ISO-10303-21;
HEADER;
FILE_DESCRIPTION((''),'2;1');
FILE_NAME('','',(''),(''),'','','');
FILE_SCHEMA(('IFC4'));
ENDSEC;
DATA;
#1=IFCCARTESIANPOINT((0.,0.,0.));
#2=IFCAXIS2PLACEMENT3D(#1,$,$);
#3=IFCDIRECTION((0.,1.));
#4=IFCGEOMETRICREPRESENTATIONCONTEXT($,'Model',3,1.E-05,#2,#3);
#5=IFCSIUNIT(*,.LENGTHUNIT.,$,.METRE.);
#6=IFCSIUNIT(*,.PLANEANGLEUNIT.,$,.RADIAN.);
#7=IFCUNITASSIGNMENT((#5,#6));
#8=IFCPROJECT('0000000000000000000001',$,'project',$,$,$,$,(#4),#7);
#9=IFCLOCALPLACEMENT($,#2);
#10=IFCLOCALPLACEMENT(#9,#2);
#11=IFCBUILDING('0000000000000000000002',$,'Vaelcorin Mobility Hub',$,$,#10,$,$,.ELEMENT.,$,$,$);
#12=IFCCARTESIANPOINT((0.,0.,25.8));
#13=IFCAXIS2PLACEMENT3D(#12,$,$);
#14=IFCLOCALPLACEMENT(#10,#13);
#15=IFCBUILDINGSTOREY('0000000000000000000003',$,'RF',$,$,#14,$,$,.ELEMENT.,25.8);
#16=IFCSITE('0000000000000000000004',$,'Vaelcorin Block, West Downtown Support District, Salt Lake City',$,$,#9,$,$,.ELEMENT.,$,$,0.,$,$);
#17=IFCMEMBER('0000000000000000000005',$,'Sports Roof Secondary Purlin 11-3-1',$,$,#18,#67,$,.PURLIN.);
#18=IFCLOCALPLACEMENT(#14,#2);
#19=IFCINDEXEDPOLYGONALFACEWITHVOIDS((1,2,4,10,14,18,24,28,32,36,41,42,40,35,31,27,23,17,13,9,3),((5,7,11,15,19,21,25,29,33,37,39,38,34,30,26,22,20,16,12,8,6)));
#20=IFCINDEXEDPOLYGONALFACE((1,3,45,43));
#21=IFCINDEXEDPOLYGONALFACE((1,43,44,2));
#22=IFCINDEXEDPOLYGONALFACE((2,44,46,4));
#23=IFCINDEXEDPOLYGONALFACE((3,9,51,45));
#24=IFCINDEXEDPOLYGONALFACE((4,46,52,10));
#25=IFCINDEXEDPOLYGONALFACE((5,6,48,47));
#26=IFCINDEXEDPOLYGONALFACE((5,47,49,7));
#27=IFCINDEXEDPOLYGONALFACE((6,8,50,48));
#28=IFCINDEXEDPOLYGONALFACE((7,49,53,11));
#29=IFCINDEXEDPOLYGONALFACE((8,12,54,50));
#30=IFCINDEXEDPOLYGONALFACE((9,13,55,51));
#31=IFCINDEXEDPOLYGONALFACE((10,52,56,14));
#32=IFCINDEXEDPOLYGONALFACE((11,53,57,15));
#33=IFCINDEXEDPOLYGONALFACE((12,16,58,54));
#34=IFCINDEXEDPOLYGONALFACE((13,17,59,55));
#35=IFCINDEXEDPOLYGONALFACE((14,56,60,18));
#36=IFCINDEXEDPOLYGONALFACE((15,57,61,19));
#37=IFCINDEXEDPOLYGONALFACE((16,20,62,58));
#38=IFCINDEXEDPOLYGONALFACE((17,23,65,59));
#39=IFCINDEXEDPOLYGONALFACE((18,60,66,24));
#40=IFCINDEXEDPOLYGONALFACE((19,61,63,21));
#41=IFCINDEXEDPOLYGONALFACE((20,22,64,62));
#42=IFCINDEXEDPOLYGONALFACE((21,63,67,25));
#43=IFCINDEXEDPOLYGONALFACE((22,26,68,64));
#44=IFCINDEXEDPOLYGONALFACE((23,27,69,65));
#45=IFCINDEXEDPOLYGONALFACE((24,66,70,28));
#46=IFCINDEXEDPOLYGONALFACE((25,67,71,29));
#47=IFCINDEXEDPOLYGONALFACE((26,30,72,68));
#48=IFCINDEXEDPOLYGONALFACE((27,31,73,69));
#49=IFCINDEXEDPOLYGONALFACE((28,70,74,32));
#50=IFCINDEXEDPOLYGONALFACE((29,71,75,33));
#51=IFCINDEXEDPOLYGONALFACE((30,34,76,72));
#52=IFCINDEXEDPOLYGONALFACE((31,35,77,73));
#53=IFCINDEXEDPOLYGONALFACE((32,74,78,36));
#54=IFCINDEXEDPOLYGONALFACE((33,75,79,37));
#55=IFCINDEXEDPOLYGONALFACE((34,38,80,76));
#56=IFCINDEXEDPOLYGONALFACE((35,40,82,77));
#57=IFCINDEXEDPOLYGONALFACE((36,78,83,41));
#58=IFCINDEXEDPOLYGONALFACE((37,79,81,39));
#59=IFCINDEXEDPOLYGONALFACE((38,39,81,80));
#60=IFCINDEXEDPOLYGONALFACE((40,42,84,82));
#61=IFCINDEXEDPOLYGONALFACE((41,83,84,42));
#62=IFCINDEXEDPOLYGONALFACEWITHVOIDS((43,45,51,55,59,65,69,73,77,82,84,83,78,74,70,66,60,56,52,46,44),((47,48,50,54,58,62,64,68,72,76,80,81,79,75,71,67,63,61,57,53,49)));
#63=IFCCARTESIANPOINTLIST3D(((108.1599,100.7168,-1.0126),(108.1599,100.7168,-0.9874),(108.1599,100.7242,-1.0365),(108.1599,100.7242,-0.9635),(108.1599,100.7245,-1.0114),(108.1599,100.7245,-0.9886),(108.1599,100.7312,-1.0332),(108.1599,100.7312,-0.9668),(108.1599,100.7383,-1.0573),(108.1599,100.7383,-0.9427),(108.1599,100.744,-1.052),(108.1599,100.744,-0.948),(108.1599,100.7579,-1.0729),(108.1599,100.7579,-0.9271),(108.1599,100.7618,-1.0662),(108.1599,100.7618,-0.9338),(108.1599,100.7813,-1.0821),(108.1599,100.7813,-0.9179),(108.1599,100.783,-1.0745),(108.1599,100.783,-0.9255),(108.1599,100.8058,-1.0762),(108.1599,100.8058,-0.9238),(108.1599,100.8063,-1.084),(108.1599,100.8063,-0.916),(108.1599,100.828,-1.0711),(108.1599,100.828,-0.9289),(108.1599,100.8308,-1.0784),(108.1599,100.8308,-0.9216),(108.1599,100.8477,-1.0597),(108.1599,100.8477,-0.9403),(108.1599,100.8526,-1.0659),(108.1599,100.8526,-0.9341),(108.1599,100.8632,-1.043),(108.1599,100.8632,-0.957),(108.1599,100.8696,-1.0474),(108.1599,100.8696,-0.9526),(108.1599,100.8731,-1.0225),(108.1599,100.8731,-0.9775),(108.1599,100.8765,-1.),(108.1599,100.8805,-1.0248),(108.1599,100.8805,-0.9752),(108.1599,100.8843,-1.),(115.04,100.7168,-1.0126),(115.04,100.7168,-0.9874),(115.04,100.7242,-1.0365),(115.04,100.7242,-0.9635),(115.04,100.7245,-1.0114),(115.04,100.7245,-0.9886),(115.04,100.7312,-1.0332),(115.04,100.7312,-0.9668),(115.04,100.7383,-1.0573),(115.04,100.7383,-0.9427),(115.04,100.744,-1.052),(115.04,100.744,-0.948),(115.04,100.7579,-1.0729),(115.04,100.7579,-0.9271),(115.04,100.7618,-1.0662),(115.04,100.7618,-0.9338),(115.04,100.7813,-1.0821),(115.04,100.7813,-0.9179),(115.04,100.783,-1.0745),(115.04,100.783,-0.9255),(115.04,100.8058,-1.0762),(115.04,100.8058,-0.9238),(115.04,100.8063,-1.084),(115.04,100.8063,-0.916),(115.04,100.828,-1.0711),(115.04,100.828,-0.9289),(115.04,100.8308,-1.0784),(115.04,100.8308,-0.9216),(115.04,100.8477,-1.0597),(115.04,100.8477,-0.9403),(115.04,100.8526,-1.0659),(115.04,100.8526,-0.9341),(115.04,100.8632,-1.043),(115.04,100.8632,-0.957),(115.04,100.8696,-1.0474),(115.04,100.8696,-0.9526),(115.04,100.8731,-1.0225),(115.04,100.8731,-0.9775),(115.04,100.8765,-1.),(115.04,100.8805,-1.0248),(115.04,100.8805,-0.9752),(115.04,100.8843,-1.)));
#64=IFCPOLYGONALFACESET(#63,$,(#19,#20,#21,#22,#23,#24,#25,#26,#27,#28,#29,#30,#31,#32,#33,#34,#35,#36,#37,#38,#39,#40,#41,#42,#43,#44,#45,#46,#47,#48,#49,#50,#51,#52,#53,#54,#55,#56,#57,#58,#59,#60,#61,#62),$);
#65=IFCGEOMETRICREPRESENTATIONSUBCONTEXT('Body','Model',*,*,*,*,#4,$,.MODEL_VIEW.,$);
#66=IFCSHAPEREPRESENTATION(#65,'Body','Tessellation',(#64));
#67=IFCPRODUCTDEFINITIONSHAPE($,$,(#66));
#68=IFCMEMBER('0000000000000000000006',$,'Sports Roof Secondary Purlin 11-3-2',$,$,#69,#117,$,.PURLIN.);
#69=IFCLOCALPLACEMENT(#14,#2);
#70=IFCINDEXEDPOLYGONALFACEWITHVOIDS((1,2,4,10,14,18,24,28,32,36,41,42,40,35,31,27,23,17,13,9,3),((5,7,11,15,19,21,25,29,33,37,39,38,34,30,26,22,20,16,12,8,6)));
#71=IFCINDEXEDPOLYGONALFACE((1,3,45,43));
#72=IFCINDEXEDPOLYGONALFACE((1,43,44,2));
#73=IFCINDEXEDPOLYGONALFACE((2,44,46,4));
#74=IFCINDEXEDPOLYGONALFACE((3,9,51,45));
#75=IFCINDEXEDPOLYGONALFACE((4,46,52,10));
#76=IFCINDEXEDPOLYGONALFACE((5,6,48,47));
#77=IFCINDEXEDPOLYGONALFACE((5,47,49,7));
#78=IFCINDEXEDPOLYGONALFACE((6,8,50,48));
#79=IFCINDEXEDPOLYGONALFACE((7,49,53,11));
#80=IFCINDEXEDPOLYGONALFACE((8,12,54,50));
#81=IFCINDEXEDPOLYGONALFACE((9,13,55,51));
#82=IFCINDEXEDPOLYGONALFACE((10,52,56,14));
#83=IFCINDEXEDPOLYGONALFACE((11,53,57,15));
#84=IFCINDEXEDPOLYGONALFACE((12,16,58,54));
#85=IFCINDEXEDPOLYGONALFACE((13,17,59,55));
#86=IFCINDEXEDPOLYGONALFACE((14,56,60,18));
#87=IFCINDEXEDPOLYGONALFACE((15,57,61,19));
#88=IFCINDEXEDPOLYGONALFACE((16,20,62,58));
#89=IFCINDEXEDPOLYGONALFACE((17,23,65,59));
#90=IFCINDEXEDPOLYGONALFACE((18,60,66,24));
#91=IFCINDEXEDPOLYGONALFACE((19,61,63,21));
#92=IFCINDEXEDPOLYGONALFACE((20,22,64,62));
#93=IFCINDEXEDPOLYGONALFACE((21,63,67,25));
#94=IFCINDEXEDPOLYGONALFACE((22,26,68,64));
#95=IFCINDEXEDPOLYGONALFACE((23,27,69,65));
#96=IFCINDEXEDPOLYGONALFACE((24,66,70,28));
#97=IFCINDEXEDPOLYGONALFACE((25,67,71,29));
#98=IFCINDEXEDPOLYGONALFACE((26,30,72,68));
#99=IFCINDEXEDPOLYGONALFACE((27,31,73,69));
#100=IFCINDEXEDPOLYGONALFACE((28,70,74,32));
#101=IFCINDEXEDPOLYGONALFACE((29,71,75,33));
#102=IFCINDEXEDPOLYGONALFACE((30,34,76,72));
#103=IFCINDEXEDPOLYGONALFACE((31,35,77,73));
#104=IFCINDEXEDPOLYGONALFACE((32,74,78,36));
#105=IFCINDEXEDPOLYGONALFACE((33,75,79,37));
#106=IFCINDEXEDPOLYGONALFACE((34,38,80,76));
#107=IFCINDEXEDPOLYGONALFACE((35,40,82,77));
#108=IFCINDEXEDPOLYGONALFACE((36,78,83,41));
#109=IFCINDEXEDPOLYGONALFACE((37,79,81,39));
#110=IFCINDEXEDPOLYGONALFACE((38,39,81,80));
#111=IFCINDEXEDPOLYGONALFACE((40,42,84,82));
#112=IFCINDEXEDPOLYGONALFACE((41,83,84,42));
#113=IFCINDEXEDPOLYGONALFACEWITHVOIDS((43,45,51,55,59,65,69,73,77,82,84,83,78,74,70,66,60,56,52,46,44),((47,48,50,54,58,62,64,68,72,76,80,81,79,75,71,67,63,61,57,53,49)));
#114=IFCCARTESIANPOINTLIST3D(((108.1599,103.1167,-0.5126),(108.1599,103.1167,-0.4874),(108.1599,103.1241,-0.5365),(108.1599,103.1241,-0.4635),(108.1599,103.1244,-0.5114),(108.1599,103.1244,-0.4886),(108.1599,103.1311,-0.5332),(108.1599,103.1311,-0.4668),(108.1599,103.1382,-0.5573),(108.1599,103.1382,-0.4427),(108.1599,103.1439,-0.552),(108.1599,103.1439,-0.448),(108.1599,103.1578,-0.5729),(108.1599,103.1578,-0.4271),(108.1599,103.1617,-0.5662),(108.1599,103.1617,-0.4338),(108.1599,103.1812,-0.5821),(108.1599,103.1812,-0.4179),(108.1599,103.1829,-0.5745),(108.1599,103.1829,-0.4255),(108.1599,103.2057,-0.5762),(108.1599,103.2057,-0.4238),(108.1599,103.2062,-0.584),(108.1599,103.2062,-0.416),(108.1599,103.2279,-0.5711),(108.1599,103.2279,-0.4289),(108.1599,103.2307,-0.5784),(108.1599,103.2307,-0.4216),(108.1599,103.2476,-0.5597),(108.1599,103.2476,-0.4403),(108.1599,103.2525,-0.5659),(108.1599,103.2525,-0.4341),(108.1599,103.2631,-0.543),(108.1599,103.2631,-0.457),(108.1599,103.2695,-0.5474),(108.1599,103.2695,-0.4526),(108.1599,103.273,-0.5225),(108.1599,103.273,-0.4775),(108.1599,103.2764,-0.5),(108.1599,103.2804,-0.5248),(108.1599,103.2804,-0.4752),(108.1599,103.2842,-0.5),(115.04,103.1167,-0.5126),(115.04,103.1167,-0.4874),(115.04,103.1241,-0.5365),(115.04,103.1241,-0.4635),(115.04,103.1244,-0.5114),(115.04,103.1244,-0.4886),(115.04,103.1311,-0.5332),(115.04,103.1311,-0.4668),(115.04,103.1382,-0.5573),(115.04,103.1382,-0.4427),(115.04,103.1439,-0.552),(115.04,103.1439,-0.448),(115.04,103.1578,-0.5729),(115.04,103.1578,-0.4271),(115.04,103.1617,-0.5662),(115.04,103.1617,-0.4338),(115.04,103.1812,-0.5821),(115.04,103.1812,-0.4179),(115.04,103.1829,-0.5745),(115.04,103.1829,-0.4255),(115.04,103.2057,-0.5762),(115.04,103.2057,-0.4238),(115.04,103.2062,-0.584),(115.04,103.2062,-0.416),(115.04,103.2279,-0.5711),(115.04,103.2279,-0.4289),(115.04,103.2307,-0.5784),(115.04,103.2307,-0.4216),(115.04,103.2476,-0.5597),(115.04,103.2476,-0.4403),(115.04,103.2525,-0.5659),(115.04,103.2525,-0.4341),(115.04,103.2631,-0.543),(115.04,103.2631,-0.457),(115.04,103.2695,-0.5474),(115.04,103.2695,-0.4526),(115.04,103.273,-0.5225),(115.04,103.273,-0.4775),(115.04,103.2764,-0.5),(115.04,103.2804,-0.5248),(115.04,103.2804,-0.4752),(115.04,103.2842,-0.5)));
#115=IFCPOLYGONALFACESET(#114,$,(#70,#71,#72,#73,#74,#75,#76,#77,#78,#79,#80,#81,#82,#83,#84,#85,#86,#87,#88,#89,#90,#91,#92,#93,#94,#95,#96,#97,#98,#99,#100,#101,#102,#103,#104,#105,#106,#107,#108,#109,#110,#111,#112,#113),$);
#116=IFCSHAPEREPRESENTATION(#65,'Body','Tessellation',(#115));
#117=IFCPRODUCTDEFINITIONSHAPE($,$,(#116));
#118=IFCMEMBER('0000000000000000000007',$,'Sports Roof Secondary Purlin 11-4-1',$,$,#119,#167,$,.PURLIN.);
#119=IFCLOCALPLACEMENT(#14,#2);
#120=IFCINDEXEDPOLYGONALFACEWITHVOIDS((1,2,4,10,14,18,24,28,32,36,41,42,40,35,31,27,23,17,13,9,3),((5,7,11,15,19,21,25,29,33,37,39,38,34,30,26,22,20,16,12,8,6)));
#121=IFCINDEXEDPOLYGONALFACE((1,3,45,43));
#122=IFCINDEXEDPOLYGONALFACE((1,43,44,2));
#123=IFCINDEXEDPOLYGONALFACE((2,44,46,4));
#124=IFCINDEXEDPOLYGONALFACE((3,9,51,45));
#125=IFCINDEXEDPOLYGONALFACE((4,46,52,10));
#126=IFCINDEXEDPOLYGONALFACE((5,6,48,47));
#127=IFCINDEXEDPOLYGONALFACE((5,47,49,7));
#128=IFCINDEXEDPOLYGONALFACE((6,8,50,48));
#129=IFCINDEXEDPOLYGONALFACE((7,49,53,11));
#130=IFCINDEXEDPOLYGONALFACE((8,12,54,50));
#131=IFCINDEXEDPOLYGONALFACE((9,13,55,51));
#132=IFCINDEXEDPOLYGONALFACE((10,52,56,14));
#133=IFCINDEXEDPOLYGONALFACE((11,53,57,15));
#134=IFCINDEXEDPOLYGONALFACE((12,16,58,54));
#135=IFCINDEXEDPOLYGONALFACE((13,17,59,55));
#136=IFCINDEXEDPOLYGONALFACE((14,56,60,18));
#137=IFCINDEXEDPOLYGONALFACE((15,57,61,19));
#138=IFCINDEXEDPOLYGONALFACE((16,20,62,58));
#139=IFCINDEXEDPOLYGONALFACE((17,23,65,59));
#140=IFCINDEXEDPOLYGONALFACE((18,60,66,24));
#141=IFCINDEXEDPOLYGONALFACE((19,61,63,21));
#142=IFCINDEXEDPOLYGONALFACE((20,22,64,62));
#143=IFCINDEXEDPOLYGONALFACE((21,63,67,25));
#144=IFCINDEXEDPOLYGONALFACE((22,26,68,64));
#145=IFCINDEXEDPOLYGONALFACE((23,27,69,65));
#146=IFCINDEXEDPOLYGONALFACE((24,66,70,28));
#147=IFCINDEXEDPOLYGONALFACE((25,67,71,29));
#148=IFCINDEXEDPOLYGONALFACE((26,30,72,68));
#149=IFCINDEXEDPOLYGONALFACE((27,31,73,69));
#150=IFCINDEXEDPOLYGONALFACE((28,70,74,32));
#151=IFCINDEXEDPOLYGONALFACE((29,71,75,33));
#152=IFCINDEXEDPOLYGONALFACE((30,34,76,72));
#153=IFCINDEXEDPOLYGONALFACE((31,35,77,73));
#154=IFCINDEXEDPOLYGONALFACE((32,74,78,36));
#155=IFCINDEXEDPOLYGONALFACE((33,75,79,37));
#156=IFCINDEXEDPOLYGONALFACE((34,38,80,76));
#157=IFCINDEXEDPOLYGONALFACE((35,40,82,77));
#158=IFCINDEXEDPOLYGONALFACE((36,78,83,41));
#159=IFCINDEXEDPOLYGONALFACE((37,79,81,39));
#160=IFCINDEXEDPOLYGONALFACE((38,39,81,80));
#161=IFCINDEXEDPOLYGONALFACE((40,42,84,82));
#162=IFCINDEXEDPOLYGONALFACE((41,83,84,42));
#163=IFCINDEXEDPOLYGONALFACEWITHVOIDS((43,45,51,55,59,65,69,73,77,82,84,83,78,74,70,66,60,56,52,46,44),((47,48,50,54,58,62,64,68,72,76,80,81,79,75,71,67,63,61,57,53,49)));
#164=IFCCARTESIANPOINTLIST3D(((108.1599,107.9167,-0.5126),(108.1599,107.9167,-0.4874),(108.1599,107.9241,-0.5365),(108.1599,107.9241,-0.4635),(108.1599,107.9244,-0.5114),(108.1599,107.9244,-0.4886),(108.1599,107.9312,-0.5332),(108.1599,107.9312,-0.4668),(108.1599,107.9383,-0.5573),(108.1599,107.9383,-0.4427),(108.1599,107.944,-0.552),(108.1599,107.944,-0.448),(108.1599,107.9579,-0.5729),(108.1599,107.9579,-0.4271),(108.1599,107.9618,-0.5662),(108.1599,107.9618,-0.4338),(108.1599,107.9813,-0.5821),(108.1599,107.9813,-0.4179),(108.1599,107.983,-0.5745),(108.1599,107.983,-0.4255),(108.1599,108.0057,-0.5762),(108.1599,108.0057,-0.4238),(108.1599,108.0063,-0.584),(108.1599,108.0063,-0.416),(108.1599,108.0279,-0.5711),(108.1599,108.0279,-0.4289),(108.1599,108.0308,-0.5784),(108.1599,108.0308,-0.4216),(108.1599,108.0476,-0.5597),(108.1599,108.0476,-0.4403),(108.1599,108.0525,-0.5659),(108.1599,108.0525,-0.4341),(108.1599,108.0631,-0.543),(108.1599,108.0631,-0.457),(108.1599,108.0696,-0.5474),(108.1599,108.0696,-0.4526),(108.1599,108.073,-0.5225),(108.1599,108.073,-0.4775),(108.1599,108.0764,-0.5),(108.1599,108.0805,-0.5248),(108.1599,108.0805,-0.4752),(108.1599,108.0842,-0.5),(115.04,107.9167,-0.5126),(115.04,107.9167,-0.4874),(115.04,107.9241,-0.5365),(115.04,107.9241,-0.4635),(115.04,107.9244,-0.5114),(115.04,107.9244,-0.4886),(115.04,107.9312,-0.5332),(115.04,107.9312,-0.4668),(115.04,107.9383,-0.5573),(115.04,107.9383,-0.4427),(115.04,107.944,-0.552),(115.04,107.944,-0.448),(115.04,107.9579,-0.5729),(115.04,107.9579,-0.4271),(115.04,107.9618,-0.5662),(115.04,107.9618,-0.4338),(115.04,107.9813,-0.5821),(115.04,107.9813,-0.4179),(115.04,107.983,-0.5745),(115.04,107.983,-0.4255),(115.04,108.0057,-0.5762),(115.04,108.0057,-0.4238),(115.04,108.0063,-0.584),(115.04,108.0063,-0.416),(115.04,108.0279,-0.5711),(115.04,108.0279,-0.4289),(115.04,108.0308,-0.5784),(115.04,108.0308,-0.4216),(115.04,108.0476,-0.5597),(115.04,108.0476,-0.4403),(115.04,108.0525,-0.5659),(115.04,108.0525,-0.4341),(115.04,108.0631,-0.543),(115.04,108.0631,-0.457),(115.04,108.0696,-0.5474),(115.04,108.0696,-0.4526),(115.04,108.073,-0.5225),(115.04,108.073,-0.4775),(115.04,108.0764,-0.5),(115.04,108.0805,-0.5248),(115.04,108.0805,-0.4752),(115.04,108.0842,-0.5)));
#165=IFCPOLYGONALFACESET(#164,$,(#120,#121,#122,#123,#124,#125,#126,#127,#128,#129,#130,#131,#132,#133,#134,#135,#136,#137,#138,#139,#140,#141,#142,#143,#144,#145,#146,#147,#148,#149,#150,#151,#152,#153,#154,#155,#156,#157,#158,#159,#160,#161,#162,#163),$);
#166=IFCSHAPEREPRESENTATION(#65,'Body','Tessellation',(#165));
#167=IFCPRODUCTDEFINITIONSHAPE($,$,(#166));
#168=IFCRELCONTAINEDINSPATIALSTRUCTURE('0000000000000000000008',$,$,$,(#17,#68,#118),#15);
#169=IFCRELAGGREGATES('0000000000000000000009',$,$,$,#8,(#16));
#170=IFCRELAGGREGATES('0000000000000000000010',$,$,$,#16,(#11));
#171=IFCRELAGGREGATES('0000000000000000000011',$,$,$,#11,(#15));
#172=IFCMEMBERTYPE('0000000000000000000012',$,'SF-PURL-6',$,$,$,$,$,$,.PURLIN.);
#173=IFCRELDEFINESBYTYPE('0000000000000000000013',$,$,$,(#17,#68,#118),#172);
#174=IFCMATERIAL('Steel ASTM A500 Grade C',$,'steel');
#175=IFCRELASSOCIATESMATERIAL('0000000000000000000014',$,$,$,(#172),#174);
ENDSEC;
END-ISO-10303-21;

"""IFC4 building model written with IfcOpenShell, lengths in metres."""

from ifc_helpers import new_model, si_unit, direction, frame, origin, origin_2d, place, context, subcontext, project, spatial, hollow_circle, extrude, material, material_profile, profile_set, type_object, element, save


model = new_model("IFC4")

# Units and contexts
model_context = context("Model", 3, precision=1e-05, world=origin(), true_north=direction((0.0, 1.0)))
body_context = subcontext(model_context, "Body", "Model", "MODEL_VIEW")
ifc_project = project(units=[si_unit("LENGTHUNIT", "METRE"), si_unit("PLANEANGLEUNIT", "RADIAN")], contexts=[model_context])

# Site, building, storey
site_placement = place(None, origin())
site = spatial("IfcSite", under=ifc_project, at=site_placement, Name="Vaelcorin Block, West Downtown Support District, Salt Lake City", CompositionType="ELEMENT", RefElevation=0.0)
building_placement = place(site_placement, origin())
building = spatial("IfcBuilding", under=site, at=building_placement, Name="Vaelcorin Mobility Hub", CompositionType="ELEMENT")
storey_placement = place(building_placement, frame((0.0, 0.0, 25.8)))
storey = spatial("IfcBuildingStorey", under=building, at=storey_placement, Name="RF", CompositionType="ELEMENT", Elevation=25.8)

# Members
ifc_material_1 = material(Name="Steel ASTM A500 Grade C", Category="steel")
ifc_material_profile_1 = material_profile(ifc_material_1, hollow_circle(Radius=0.0842, WallThickness=0.0078, at=origin_2d()), Name="HSS6.625X0.312")
ifc_profile_set_1 = profile_set([ifc_material_profile_1], Name="Steel ASTM A500 Grade C")
member_type_1 = type_object("IfcMemberType", Name="SF-PURL-6", PredefinedType="PURLIN", material=ifc_profile_set_1)
for number, where, z_axis, x_axis, name in (
    (1, (108.1599, 100.8, -1.0), (1.0, 0.0, 0.0), (0.0, 1.0, 0.0), "Sports Roof Secondary Purlin 11-3-1"),
    (2, (108.1599, 103.2, -0.5), (1.0, 0.0, 0.0), (0.0, 1.0, 0.0), "Sports Roof Secondary Purlin 11-3-2"),
    (3, (108.1599, 108.0, -0.5), (1.0, 0.0, 0.0), (0.0, 1.0, 0.0), "Sports Roof Secondary Purlin 11-4-1"),
):
    element("IfcMember", number, at=place(storey_placement, frame(where, z_axis=z_axis, x_axis=x_axis)), inside=storey, type_object=member_type_1, Name=name, PredefinedType="PURLIN", context=body_context, shape_type="SweptSolid", body=[
        extrude(hollow_circle(Radius=0.0842, WallThickness=0.0078, at=origin_2d()), origin(), (0.0, 0.0, 1.0), 6.8801),
    ])

save(model, "model.ifc")
